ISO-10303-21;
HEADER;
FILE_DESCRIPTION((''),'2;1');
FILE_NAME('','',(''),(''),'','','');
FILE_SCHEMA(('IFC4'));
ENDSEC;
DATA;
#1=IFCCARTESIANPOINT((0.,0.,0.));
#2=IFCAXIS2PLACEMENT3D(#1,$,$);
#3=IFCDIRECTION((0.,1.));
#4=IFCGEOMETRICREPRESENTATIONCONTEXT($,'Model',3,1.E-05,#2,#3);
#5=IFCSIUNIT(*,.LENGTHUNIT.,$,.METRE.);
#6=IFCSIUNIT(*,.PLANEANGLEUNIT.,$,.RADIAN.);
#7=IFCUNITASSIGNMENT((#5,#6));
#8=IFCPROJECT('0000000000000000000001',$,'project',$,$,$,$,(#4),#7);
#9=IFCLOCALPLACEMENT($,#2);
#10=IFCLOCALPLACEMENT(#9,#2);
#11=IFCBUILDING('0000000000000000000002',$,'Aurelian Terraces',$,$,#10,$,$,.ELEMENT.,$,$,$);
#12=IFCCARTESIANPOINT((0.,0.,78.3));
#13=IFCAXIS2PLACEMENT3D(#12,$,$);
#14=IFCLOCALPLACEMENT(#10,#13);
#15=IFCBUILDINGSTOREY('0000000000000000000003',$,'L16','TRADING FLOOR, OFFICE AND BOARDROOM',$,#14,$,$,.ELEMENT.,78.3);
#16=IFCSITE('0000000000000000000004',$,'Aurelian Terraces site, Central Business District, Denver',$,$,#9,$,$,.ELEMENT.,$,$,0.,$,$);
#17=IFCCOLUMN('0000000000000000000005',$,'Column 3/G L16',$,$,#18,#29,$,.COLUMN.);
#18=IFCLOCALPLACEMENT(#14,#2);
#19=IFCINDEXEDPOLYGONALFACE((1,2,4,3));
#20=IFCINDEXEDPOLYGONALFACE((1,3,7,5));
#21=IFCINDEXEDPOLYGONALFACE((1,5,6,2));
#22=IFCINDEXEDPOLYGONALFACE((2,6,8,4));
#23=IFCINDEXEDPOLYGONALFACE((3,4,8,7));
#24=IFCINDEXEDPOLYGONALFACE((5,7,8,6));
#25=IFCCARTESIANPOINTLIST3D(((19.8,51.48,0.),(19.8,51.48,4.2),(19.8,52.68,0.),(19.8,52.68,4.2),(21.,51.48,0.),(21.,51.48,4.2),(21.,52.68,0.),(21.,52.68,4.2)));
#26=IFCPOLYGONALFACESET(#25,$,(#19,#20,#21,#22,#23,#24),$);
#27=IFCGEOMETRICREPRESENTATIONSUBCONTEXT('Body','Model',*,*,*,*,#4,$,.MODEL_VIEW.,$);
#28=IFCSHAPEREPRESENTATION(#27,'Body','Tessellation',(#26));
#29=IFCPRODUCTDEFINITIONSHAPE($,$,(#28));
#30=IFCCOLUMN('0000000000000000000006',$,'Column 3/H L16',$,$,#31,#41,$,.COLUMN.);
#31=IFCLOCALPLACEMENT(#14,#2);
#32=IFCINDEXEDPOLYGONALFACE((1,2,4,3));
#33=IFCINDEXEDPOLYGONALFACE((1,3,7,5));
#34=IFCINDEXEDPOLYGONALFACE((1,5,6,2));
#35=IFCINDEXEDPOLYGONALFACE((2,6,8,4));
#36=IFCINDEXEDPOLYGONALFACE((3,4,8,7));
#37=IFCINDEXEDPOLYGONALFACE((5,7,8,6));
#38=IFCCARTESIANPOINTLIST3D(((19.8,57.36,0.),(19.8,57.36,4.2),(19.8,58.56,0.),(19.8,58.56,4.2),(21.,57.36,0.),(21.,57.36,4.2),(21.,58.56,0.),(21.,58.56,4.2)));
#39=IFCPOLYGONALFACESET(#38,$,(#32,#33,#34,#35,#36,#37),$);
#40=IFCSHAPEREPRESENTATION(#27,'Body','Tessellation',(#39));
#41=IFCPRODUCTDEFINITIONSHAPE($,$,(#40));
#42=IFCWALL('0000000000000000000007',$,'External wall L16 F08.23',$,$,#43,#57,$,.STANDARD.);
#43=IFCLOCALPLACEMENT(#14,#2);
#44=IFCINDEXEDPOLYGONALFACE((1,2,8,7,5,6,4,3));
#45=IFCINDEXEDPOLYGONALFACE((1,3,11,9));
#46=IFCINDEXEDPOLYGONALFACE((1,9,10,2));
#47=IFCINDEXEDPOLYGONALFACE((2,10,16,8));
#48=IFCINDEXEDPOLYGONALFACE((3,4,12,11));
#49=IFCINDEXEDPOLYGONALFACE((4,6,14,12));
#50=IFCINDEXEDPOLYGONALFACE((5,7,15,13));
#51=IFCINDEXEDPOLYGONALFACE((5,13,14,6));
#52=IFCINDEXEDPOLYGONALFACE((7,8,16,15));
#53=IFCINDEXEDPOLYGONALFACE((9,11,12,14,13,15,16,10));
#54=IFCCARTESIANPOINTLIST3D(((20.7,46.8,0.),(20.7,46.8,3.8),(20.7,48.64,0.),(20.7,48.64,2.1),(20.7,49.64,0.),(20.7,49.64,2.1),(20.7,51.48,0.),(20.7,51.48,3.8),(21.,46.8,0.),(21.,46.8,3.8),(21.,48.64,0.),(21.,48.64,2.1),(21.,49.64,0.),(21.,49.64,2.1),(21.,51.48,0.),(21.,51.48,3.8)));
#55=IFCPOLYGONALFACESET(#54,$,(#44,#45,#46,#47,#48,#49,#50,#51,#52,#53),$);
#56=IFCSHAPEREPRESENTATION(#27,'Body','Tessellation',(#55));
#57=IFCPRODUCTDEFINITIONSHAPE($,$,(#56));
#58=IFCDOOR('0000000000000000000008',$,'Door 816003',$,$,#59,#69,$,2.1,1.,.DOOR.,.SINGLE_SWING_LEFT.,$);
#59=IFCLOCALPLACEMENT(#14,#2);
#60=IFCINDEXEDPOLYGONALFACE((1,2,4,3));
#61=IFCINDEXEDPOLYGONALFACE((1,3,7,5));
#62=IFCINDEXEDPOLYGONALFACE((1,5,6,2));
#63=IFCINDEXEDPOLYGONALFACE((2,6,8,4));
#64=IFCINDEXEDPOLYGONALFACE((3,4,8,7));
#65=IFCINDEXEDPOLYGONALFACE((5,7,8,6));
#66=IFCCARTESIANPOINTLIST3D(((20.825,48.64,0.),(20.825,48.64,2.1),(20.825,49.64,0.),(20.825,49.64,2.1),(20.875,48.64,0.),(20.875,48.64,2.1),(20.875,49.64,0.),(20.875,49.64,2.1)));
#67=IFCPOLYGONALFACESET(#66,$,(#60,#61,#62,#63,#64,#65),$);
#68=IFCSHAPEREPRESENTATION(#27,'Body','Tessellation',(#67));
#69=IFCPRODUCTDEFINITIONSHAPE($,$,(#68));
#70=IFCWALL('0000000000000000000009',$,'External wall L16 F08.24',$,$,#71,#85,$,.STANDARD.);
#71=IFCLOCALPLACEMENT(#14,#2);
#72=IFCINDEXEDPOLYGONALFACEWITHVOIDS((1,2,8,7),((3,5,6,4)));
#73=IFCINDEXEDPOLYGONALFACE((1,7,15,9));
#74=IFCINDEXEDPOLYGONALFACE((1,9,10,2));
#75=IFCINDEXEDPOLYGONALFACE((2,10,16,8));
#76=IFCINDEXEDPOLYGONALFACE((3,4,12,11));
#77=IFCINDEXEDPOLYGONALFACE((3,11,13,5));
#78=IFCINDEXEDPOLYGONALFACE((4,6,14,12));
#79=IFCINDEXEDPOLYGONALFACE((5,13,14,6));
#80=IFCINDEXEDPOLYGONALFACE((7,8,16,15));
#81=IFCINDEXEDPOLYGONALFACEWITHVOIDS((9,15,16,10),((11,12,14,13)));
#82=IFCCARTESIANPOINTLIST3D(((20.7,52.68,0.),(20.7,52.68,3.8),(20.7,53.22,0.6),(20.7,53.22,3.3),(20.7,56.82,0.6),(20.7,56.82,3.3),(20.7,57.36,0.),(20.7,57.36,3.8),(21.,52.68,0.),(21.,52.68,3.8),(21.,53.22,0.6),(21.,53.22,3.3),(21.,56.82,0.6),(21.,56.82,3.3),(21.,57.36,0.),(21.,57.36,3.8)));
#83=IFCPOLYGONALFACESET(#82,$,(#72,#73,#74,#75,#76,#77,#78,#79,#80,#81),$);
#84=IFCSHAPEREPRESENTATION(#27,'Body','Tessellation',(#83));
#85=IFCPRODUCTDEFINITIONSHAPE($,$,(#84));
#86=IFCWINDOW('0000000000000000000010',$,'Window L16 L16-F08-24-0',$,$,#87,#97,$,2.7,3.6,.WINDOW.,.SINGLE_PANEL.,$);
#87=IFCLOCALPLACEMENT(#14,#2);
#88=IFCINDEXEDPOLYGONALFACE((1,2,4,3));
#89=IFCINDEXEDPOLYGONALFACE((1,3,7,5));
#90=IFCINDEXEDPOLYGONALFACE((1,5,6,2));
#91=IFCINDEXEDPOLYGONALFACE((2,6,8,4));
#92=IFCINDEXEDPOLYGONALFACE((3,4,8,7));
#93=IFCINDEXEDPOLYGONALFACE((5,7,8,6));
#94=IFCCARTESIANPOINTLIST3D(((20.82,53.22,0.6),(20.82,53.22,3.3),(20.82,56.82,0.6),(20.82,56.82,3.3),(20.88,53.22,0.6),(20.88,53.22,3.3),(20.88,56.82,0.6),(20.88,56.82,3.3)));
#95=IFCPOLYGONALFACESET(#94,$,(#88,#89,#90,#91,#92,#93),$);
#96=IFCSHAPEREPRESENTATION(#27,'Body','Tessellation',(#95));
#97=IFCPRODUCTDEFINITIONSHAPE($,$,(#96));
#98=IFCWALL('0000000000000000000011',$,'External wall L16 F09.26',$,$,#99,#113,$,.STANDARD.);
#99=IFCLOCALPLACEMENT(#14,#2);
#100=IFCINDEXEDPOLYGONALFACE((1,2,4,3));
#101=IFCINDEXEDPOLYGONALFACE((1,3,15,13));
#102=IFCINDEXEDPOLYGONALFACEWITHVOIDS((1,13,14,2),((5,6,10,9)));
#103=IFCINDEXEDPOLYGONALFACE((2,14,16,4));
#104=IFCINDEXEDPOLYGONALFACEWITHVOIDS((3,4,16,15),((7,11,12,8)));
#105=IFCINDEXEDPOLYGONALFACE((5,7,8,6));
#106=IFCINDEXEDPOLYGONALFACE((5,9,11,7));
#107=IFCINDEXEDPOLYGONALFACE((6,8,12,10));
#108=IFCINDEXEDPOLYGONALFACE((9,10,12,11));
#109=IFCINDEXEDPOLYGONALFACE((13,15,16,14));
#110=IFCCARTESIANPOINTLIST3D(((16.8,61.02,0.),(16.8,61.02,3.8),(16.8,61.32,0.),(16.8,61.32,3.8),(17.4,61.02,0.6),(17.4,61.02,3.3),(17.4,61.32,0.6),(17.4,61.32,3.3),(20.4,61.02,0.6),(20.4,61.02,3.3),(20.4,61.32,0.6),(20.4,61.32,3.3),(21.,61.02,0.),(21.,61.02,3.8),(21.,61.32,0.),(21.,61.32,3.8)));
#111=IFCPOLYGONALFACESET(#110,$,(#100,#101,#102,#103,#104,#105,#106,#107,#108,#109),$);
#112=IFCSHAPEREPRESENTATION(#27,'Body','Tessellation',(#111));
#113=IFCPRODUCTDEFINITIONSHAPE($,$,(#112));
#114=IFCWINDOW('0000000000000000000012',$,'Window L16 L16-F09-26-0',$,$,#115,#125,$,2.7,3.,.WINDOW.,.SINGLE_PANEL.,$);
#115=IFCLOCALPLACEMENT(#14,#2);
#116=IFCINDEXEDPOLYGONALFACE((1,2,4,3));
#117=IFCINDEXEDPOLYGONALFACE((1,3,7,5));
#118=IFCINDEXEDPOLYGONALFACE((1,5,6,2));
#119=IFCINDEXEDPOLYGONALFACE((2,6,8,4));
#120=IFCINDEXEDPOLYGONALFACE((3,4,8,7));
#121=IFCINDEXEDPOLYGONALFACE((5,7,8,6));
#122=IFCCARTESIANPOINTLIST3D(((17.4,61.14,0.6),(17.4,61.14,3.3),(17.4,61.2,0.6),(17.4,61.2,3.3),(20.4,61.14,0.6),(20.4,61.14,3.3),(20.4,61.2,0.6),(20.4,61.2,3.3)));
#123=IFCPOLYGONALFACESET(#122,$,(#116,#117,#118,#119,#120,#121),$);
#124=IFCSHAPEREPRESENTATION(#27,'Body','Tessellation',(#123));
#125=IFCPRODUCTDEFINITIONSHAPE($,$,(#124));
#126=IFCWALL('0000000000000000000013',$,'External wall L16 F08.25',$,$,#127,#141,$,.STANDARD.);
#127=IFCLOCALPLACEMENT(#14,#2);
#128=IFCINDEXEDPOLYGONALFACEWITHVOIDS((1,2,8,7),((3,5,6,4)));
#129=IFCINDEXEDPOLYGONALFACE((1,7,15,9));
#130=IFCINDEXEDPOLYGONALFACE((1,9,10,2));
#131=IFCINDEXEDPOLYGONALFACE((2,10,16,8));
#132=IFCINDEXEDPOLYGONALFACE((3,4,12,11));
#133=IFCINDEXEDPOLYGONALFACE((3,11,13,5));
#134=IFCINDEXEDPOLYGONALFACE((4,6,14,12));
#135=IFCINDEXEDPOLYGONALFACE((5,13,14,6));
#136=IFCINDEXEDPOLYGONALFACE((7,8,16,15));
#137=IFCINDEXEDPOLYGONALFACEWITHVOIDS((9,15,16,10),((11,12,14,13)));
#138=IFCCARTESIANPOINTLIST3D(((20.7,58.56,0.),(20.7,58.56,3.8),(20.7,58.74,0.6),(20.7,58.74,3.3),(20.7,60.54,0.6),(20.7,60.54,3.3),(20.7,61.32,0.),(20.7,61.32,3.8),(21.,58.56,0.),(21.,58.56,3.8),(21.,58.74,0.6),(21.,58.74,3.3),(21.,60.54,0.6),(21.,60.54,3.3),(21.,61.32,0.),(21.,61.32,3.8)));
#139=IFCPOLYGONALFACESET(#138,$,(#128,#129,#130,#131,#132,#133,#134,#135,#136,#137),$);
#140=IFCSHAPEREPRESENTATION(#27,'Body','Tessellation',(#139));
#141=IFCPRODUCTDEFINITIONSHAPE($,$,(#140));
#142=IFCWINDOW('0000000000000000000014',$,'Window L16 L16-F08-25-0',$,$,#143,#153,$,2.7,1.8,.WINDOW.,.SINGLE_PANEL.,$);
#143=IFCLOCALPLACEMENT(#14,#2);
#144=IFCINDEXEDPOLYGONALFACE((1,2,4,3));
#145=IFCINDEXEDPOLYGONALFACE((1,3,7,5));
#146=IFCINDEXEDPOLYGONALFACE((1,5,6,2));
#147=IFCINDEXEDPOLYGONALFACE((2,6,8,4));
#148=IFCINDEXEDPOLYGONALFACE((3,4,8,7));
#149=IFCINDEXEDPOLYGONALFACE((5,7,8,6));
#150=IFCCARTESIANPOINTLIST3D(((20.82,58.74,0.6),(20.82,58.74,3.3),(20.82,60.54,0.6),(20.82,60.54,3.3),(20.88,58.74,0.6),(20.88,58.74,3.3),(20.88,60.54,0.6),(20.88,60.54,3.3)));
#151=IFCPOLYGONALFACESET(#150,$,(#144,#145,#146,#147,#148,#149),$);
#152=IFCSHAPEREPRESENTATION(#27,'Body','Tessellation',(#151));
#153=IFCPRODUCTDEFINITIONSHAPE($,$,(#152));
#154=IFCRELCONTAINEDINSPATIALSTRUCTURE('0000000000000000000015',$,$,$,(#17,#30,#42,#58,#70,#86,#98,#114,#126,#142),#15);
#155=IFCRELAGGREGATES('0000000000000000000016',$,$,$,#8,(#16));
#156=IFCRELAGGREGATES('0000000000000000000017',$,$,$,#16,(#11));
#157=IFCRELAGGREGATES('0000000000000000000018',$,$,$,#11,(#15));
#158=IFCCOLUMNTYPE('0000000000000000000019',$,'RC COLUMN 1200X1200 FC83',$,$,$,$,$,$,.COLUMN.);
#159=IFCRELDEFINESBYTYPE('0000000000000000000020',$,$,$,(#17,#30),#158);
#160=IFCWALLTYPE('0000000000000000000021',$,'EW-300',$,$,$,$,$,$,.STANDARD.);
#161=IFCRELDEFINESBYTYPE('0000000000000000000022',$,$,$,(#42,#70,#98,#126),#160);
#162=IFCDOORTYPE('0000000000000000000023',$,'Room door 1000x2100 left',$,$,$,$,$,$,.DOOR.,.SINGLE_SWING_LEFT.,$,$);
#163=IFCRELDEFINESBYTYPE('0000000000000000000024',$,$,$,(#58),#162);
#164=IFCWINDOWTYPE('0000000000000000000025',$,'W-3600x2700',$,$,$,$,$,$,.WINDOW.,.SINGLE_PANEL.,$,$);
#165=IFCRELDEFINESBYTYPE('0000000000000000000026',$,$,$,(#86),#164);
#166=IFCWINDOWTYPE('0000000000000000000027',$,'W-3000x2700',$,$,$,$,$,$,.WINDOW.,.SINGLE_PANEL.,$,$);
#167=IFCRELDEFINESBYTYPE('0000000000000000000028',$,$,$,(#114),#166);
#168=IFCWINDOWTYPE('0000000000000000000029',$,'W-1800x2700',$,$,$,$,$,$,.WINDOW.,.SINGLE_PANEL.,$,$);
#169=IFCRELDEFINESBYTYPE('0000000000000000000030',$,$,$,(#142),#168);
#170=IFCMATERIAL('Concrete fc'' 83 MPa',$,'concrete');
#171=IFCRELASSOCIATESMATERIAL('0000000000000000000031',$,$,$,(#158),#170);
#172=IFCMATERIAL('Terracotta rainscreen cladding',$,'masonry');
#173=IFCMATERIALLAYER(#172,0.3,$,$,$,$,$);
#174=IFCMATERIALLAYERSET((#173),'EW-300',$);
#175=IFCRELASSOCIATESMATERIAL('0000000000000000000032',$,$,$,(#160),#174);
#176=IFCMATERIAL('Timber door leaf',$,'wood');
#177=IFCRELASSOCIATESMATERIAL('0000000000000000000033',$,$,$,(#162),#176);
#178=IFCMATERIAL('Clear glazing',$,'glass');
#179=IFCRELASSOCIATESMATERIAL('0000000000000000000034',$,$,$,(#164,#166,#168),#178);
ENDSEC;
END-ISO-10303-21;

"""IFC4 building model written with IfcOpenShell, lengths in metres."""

from ifc_helpers import new_model, si_unit, direction, frame, frame_2d, origin, origin_2d, place, context, subcontext, project, spatial, rectangle, extrude, source, transform, mapped, material, layer, layer_set, material_profile, profile_set, type_object, element, fill, save


model = new_model("IFC4")

# Units and contexts
model_context = context("Model", 3, precision=1e-05, world=origin(), true_north=direction((0.0, 1.0)))
body_context = subcontext(model_context, "Body", "Model", "MODEL_VIEW")
ifc_project = project(units=[si_unit("LENGTHUNIT", "METRE"), si_unit("PLANEANGLEUNIT", "RADIAN")], contexts=[model_context])

# Site, building, storey
site_placement = place(None, origin())
site = spatial("IfcSite", under=ifc_project, at=site_placement, Name="Aurelian Terraces site, Central Business District, Denver", CompositionType="ELEMENT", RefElevation=0.0)
building_placement = place(site_placement, origin())
building = spatial("IfcBuilding", under=site, at=building_placement, Name="Aurelian Terraces", CompositionType="ELEMENT")
storey_placement = place(building_placement, frame((0.0, 0.0, 78.3)))
storey = spatial("IfcBuildingStorey", under=building, at=storey_placement, Name="L16", Description="TRADING FLOOR, OFFICE AND BOARDROOM", CompositionType="ELEMENT", Elevation=78.3)

# Columns
ifc_material_1 = material(Name="Concrete fc' 83 MPa", Category="concrete")
ifc_material_profile = material_profile(ifc_material_1, rectangle(XDim=1.2, YDim=1.2, at=origin_2d()))
ifc_profile_set = profile_set([ifc_material_profile], Name="Concrete fc' 83 MPa")
column_type = type_object("IfcColumnType", Name="RC COLUMN 1200X1200 FC83", PredefinedType="COLUMN", material=ifc_profile_set)
shared_shape_1 = source(origin(), body_context, "Body", "SweptSolid", [
    extrude(rectangle(XDim=1.2, YDim=1.2, at=origin_2d()), origin(), (0.0, 0.0, 1.0), 4.2),
])
for number, where, z_axis, x_axis, name in (
    (1, (20.4, 52.08, 0.0), (0.0, 0.0, 1.0), (1.0, 0.0, 0.0), "Column 3/G L16"),
    (2, (20.4, 57.96, 0.0), (0.0, 0.0, 1.0), (1.0, 0.0, 0.0), "Column 3/H L16"),
):
    element("IfcColumn", number, at=place(storey_placement, frame(where, z_axis=z_axis, x_axis=x_axis)), inside=storey, type_object=column_type, Name=name, PredefinedType="COLUMN", context=body_context, shape_type="MappedRepresentation", body=[
        mapped(shared_shape_1, transform((0.0, 0.0, 0.0), scale=1.0)),
    ])

# Wall, opening, door
ifc_material_2 = material(Name="Terracotta rainscreen cladding", Category="masonry")
ifc_layer_1 = layer(ifc_material_2, 0.3)
ifc_layer_set_1 = layer_set([ifc_layer_1], Name="EW-300")
wall_type_1 = type_object("IfcWallType", Name="EW-300", PredefinedType="STANDARD", material=ifc_layer_set_1)
shared_shape_2 = source(origin(), body_context, "Body", "SweptSolid", [
    extrude(rectangle(XDim=4.68, YDim=0.3, at=frame_2d((2.34, 0.0))), origin(), (0.0, 0.0, 1.0), 3.8),
])
wall_1_placement = place(storey_placement, frame((20.85, 46.8, 0.0), z_axis=(0.0, 0.0, 1.0), x_axis=(0.0, 1.0, 0.0)))
wall_1 = element("IfcWall", 3, at=wall_1_placement, inside=storey, type_object=wall_type_1, Name="External wall L16 F08.23", PredefinedType="STANDARD", context=body_context, shape_type="MappedRepresentation", body=[
    mapped(shared_shape_2, transform((0.0, 0.0, 0.0), scale=1.0)),
])
shared_shape_3 = source(origin(), body_context, "Body", "SweptSolid", [
    extrude(rectangle(XDim=1.0, YDim=2.1, at=frame_2d((0.5, 1.05))), frame((0.0, 0.16, 0.0), z_axis=(0.0, -1.0, 0.0), x_axis=(1.0, 0.0, 0.0)), (0.0, 0.0, 1.0), 0.32),
])
opening_1_placement = place(wall_1_placement, frame((1.84, 0.0, 0.0)))
opening_1 = element("IfcOpeningElement", 4, at=opening_1_placement, cuts=wall_1, PredefinedType="OPENING", context=body_context, shape_type="MappedRepresentation", body=[
    mapped(shared_shape_3, transform((0.0, 0.0, 0.0), scale=1.0)),
])
ifc_material_3 = material(Name="Timber door leaf", Category="wood")
door_type = type_object("IfcDoorType", Name="Room door 1000x2100 left", OperationType="SINGLE_SWING_LEFT", PredefinedType="DOOR", material=ifc_material_3)
shared_shape_4 = source(origin(), body_context, "Body", "SweptSolid", [
    extrude(rectangle(XDim=1.0, YDim=2.1, at=frame_2d((0.5, 1.05))), frame((0.0, 0.025, 0.0), z_axis=(0.0, -1.0, 0.0), x_axis=(1.0, 0.0, 0.0)), (0.0, 0.0, 1.0), 0.05),
])
door_placement = place(opening_1_placement, origin())
door = element("IfcDoor", 5, at=door_placement, inside=storey, type_object=door_type, Name="Door 816003", OperationType="SINGLE_SWING_LEFT", OverallHeight=2.1, OverallWidth=1.0, PredefinedType="DOOR", context=body_context, shape_type="MappedRepresentation", body=[
    mapped(shared_shape_4, transform((0.0, 0.0, 0.0), scale=1.0)),
])
fill(opening_1, door)

# Walls, openings, windows
wall_2_placement = place(storey_placement, frame((20.85, 52.68, 0.0), z_axis=(0.0, 0.0, 1.0), x_axis=(0.0, 1.0, 0.0)))
wall_2 = element("IfcWall", 6, at=wall_2_placement, inside=storey, type_object=wall_type_1, Name="External wall L16 F08.24", PredefinedType="STANDARD", context=body_context, shape_type="MappedRepresentation", body=[
    mapped(shared_shape_2, transform((0.0, 0.0, 0.0), scale=1.0)),
])
shared_shape_5 = source(origin(), body_context, "Body", "SweptSolid", [
    extrude(rectangle(XDim=3.6, YDim=2.7, at=frame_2d((1.8, 1.35))), frame((0.0, 0.16, 0.0), z_axis=(0.0, -1.0, 0.0), x_axis=(1.0, 0.0, 0.0)), (0.0, 0.0, 1.0), 0.32),
])
opening_2_placement = place(wall_2_placement, frame((0.54, 0.0, 0.6)))
opening_2 = element("IfcOpeningElement", 7, at=opening_2_placement, cuts=wall_2, PredefinedType="OPENING", context=body_context, shape_type="MappedRepresentation", body=[
    mapped(shared_shape_5, transform((0.0, 0.0, 0.0), scale=1.0)),
])
ifc_material_4 = material(Name="Clear glazing", Category="glass")
window_type_1 = type_object("IfcWindowType", Name="W-3600x2700", PartitioningType="SINGLE_PANEL", PredefinedType="WINDOW", material=ifc_material_4)
shared_shape_6 = source(origin(), body_context, "Body", "SweptSolid", [
    extrude(rectangle(XDim=3.6, YDim=2.7, at=frame_2d((1.8, 1.35))), frame((0.0, 0.03, 0.0), z_axis=(0.0, -1.0, 0.0), x_axis=(1.0, 0.0, 0.0)), (0.0, 0.0, 1.0), 0.06),
])
window_1_placement = place(opening_2_placement, origin())
window_1 = element("IfcWindow", 8, at=window_1_placement, inside=storey, type_object=window_type_1, Name="Window L16 L16-F08-24-0", OverallHeight=2.7, OverallWidth=3.6, PartitioningType="SINGLE_PANEL", PredefinedType="WINDOW", context=body_context, shape_type="MappedRepresentation", body=[
    mapped(shared_shape_6, transform((0.0, 0.0, 0.0), scale=1.0)),
])
fill(opening_2, window_1)
shared_shape_7 = source(origin(), body_context, "Body", "SweptSolid", [
    extrude(rectangle(XDim=4.2, YDim=0.3, at=frame_2d((2.1, 0.0))), origin(), (0.0, 0.0, 1.0), 3.8),
])
wall_3_placement = place(storey_placement, frame((21.0, 61.17, 0.0), z_axis=(0.0, 0.0, 1.0), x_axis=(-1.0, 0.0, 0.0)))
wall_3 = element("IfcWall", 9, at=wall_3_placement, inside=storey, type_object=wall_type_1, Name="External wall L16 F09.26", PredefinedType="STANDARD", context=body_context, shape_type="MappedRepresentation", body=[
    mapped(shared_shape_7, transform((0.0, 0.0, 0.0), scale=1.0)),
])
shared_shape_8 = source(origin(), body_context, "Body", "SweptSolid", [
    extrude(rectangle(XDim=3.0, YDim=2.7, at=frame_2d((1.5, 1.35))), frame((0.0, 0.16, 0.0), z_axis=(0.0, -1.0, 0.0), x_axis=(1.0, 0.0, 0.0)), (0.0, 0.0, 1.0), 0.32),
])
opening_3_placement = place(wall_3_placement, frame((0.6, 0.0, 0.6)))
opening_3 = element("IfcOpeningElement", 10, at=opening_3_placement, cuts=wall_3, PredefinedType="OPENING", context=body_context, shape_type="MappedRepresentation", body=[
    mapped(shared_shape_8, transform((0.0, 0.0, 0.0), scale=1.0)),
])
window_type_2 = type_object("IfcWindowType", Name="W-3000x2700", PartitioningType="SINGLE_PANEL", PredefinedType="WINDOW", material=ifc_material_4)
shared_shape_9 = source(origin(), body_context, "Body", "SweptSolid", [
    extrude(rectangle(XDim=3.0, YDim=2.7, at=frame_2d((1.5, 1.35))), frame((0.0, 0.03, 0.0), z_axis=(0.0, -1.0, 0.0), x_axis=(1.0, 0.0, 0.0)), (0.0, 0.0, 1.0), 0.06),
])
window_2_placement = place(opening_3_placement, origin())
window_2 = element("IfcWindow", 11, at=window_2_placement, inside=storey, type_object=window_type_2, Name="Window L16 L16-F09-26-0", OverallHeight=2.7, OverallWidth=3.0, PartitioningType="SINGLE_PANEL", PredefinedType="WINDOW", context=body_context, shape_type="MappedRepresentation", body=[
    mapped(shared_shape_9, transform((0.0, 0.0, 0.0), scale=1.0)),
])
fill(opening_3, window_2)
shared_shape_10 = source(origin(), body_context, "Body", "SweptSolid", [
    extrude(rectangle(XDim=2.76, YDim=0.3, at=frame_2d((1.38, 0.0))), origin(), (0.0, 0.0, 1.0), 3.8),
])
wall_4_placement = place(storey_placement, frame((20.85, 58.56, 0.0), z_axis=(0.0, 0.0, 1.0), x_axis=(0.0, 1.0, 0.0)))
wall_4 = element("IfcWall", 12, at=wall_4_placement, inside=storey, type_object=wall_type_1, Name="External wall L16 F08.25", PredefinedType="STANDARD", context=body_context, shape_type="MappedRepresentation", body=[
    mapped(shared_shape_10, transform((0.0, 0.0, 0.0), scale=1.0)),
])
shared_shape_11 = source(origin(), body_context, "Body", "SweptSolid", [
    extrude(rectangle(XDim=1.8, YDim=2.7, at=frame_2d((0.9, 1.35))), frame((0.0, 0.16, 0.0), z_axis=(0.0, -1.0, 0.0), x_axis=(1.0, 0.0, 0.0)), (0.0, 0.0, 1.0), 0.32),
])
opening_4_placement = place(wall_4_placement, frame((0.18, 0.0, 0.6)))
opening_4 = element("IfcOpeningElement", 13, at=opening_4_placement, cuts=wall_4, PredefinedType="OPENING", context=body_context, shape_type="MappedRepresentation", body=[
    mapped(shared_shape_11, transform((0.0, 0.0, 0.0), scale=1.0)),
])
window_type_3 = type_object("IfcWindowType", Name="W-1800x2700", PartitioningType="SINGLE_PANEL", PredefinedType="WINDOW", material=ifc_material_4)
shared_shape_12 = source(origin(), body_context, "Body", "SweptSolid", [
    extrude(rectangle(XDim=1.8, YDim=2.7, at=frame_2d((0.9, 1.35))), frame((0.0, 0.03, 0.0), z_axis=(0.0, -1.0, 0.0), x_axis=(1.0, 0.0, 0.0)), (0.0, 0.0, 1.0), 0.06),
])
window_3_placement = place(opening_4_placement, origin())
window_3 = element("IfcWindow", 14, at=window_3_placement, inside=storey, type_object=window_type_3, Name="Window L16 L16-F08-25-0", OverallHeight=2.7, OverallWidth=1.8, PartitioningType="SINGLE_PANEL", PredefinedType="WINDOW", context=body_context, shape_type="MappedRepresentation", body=[
    mapped(shared_shape_12, transform((0.0, 0.0, 0.0), scale=1.0)),
])
fill(opening_4, window_3)

save(model, "model.ifc")
